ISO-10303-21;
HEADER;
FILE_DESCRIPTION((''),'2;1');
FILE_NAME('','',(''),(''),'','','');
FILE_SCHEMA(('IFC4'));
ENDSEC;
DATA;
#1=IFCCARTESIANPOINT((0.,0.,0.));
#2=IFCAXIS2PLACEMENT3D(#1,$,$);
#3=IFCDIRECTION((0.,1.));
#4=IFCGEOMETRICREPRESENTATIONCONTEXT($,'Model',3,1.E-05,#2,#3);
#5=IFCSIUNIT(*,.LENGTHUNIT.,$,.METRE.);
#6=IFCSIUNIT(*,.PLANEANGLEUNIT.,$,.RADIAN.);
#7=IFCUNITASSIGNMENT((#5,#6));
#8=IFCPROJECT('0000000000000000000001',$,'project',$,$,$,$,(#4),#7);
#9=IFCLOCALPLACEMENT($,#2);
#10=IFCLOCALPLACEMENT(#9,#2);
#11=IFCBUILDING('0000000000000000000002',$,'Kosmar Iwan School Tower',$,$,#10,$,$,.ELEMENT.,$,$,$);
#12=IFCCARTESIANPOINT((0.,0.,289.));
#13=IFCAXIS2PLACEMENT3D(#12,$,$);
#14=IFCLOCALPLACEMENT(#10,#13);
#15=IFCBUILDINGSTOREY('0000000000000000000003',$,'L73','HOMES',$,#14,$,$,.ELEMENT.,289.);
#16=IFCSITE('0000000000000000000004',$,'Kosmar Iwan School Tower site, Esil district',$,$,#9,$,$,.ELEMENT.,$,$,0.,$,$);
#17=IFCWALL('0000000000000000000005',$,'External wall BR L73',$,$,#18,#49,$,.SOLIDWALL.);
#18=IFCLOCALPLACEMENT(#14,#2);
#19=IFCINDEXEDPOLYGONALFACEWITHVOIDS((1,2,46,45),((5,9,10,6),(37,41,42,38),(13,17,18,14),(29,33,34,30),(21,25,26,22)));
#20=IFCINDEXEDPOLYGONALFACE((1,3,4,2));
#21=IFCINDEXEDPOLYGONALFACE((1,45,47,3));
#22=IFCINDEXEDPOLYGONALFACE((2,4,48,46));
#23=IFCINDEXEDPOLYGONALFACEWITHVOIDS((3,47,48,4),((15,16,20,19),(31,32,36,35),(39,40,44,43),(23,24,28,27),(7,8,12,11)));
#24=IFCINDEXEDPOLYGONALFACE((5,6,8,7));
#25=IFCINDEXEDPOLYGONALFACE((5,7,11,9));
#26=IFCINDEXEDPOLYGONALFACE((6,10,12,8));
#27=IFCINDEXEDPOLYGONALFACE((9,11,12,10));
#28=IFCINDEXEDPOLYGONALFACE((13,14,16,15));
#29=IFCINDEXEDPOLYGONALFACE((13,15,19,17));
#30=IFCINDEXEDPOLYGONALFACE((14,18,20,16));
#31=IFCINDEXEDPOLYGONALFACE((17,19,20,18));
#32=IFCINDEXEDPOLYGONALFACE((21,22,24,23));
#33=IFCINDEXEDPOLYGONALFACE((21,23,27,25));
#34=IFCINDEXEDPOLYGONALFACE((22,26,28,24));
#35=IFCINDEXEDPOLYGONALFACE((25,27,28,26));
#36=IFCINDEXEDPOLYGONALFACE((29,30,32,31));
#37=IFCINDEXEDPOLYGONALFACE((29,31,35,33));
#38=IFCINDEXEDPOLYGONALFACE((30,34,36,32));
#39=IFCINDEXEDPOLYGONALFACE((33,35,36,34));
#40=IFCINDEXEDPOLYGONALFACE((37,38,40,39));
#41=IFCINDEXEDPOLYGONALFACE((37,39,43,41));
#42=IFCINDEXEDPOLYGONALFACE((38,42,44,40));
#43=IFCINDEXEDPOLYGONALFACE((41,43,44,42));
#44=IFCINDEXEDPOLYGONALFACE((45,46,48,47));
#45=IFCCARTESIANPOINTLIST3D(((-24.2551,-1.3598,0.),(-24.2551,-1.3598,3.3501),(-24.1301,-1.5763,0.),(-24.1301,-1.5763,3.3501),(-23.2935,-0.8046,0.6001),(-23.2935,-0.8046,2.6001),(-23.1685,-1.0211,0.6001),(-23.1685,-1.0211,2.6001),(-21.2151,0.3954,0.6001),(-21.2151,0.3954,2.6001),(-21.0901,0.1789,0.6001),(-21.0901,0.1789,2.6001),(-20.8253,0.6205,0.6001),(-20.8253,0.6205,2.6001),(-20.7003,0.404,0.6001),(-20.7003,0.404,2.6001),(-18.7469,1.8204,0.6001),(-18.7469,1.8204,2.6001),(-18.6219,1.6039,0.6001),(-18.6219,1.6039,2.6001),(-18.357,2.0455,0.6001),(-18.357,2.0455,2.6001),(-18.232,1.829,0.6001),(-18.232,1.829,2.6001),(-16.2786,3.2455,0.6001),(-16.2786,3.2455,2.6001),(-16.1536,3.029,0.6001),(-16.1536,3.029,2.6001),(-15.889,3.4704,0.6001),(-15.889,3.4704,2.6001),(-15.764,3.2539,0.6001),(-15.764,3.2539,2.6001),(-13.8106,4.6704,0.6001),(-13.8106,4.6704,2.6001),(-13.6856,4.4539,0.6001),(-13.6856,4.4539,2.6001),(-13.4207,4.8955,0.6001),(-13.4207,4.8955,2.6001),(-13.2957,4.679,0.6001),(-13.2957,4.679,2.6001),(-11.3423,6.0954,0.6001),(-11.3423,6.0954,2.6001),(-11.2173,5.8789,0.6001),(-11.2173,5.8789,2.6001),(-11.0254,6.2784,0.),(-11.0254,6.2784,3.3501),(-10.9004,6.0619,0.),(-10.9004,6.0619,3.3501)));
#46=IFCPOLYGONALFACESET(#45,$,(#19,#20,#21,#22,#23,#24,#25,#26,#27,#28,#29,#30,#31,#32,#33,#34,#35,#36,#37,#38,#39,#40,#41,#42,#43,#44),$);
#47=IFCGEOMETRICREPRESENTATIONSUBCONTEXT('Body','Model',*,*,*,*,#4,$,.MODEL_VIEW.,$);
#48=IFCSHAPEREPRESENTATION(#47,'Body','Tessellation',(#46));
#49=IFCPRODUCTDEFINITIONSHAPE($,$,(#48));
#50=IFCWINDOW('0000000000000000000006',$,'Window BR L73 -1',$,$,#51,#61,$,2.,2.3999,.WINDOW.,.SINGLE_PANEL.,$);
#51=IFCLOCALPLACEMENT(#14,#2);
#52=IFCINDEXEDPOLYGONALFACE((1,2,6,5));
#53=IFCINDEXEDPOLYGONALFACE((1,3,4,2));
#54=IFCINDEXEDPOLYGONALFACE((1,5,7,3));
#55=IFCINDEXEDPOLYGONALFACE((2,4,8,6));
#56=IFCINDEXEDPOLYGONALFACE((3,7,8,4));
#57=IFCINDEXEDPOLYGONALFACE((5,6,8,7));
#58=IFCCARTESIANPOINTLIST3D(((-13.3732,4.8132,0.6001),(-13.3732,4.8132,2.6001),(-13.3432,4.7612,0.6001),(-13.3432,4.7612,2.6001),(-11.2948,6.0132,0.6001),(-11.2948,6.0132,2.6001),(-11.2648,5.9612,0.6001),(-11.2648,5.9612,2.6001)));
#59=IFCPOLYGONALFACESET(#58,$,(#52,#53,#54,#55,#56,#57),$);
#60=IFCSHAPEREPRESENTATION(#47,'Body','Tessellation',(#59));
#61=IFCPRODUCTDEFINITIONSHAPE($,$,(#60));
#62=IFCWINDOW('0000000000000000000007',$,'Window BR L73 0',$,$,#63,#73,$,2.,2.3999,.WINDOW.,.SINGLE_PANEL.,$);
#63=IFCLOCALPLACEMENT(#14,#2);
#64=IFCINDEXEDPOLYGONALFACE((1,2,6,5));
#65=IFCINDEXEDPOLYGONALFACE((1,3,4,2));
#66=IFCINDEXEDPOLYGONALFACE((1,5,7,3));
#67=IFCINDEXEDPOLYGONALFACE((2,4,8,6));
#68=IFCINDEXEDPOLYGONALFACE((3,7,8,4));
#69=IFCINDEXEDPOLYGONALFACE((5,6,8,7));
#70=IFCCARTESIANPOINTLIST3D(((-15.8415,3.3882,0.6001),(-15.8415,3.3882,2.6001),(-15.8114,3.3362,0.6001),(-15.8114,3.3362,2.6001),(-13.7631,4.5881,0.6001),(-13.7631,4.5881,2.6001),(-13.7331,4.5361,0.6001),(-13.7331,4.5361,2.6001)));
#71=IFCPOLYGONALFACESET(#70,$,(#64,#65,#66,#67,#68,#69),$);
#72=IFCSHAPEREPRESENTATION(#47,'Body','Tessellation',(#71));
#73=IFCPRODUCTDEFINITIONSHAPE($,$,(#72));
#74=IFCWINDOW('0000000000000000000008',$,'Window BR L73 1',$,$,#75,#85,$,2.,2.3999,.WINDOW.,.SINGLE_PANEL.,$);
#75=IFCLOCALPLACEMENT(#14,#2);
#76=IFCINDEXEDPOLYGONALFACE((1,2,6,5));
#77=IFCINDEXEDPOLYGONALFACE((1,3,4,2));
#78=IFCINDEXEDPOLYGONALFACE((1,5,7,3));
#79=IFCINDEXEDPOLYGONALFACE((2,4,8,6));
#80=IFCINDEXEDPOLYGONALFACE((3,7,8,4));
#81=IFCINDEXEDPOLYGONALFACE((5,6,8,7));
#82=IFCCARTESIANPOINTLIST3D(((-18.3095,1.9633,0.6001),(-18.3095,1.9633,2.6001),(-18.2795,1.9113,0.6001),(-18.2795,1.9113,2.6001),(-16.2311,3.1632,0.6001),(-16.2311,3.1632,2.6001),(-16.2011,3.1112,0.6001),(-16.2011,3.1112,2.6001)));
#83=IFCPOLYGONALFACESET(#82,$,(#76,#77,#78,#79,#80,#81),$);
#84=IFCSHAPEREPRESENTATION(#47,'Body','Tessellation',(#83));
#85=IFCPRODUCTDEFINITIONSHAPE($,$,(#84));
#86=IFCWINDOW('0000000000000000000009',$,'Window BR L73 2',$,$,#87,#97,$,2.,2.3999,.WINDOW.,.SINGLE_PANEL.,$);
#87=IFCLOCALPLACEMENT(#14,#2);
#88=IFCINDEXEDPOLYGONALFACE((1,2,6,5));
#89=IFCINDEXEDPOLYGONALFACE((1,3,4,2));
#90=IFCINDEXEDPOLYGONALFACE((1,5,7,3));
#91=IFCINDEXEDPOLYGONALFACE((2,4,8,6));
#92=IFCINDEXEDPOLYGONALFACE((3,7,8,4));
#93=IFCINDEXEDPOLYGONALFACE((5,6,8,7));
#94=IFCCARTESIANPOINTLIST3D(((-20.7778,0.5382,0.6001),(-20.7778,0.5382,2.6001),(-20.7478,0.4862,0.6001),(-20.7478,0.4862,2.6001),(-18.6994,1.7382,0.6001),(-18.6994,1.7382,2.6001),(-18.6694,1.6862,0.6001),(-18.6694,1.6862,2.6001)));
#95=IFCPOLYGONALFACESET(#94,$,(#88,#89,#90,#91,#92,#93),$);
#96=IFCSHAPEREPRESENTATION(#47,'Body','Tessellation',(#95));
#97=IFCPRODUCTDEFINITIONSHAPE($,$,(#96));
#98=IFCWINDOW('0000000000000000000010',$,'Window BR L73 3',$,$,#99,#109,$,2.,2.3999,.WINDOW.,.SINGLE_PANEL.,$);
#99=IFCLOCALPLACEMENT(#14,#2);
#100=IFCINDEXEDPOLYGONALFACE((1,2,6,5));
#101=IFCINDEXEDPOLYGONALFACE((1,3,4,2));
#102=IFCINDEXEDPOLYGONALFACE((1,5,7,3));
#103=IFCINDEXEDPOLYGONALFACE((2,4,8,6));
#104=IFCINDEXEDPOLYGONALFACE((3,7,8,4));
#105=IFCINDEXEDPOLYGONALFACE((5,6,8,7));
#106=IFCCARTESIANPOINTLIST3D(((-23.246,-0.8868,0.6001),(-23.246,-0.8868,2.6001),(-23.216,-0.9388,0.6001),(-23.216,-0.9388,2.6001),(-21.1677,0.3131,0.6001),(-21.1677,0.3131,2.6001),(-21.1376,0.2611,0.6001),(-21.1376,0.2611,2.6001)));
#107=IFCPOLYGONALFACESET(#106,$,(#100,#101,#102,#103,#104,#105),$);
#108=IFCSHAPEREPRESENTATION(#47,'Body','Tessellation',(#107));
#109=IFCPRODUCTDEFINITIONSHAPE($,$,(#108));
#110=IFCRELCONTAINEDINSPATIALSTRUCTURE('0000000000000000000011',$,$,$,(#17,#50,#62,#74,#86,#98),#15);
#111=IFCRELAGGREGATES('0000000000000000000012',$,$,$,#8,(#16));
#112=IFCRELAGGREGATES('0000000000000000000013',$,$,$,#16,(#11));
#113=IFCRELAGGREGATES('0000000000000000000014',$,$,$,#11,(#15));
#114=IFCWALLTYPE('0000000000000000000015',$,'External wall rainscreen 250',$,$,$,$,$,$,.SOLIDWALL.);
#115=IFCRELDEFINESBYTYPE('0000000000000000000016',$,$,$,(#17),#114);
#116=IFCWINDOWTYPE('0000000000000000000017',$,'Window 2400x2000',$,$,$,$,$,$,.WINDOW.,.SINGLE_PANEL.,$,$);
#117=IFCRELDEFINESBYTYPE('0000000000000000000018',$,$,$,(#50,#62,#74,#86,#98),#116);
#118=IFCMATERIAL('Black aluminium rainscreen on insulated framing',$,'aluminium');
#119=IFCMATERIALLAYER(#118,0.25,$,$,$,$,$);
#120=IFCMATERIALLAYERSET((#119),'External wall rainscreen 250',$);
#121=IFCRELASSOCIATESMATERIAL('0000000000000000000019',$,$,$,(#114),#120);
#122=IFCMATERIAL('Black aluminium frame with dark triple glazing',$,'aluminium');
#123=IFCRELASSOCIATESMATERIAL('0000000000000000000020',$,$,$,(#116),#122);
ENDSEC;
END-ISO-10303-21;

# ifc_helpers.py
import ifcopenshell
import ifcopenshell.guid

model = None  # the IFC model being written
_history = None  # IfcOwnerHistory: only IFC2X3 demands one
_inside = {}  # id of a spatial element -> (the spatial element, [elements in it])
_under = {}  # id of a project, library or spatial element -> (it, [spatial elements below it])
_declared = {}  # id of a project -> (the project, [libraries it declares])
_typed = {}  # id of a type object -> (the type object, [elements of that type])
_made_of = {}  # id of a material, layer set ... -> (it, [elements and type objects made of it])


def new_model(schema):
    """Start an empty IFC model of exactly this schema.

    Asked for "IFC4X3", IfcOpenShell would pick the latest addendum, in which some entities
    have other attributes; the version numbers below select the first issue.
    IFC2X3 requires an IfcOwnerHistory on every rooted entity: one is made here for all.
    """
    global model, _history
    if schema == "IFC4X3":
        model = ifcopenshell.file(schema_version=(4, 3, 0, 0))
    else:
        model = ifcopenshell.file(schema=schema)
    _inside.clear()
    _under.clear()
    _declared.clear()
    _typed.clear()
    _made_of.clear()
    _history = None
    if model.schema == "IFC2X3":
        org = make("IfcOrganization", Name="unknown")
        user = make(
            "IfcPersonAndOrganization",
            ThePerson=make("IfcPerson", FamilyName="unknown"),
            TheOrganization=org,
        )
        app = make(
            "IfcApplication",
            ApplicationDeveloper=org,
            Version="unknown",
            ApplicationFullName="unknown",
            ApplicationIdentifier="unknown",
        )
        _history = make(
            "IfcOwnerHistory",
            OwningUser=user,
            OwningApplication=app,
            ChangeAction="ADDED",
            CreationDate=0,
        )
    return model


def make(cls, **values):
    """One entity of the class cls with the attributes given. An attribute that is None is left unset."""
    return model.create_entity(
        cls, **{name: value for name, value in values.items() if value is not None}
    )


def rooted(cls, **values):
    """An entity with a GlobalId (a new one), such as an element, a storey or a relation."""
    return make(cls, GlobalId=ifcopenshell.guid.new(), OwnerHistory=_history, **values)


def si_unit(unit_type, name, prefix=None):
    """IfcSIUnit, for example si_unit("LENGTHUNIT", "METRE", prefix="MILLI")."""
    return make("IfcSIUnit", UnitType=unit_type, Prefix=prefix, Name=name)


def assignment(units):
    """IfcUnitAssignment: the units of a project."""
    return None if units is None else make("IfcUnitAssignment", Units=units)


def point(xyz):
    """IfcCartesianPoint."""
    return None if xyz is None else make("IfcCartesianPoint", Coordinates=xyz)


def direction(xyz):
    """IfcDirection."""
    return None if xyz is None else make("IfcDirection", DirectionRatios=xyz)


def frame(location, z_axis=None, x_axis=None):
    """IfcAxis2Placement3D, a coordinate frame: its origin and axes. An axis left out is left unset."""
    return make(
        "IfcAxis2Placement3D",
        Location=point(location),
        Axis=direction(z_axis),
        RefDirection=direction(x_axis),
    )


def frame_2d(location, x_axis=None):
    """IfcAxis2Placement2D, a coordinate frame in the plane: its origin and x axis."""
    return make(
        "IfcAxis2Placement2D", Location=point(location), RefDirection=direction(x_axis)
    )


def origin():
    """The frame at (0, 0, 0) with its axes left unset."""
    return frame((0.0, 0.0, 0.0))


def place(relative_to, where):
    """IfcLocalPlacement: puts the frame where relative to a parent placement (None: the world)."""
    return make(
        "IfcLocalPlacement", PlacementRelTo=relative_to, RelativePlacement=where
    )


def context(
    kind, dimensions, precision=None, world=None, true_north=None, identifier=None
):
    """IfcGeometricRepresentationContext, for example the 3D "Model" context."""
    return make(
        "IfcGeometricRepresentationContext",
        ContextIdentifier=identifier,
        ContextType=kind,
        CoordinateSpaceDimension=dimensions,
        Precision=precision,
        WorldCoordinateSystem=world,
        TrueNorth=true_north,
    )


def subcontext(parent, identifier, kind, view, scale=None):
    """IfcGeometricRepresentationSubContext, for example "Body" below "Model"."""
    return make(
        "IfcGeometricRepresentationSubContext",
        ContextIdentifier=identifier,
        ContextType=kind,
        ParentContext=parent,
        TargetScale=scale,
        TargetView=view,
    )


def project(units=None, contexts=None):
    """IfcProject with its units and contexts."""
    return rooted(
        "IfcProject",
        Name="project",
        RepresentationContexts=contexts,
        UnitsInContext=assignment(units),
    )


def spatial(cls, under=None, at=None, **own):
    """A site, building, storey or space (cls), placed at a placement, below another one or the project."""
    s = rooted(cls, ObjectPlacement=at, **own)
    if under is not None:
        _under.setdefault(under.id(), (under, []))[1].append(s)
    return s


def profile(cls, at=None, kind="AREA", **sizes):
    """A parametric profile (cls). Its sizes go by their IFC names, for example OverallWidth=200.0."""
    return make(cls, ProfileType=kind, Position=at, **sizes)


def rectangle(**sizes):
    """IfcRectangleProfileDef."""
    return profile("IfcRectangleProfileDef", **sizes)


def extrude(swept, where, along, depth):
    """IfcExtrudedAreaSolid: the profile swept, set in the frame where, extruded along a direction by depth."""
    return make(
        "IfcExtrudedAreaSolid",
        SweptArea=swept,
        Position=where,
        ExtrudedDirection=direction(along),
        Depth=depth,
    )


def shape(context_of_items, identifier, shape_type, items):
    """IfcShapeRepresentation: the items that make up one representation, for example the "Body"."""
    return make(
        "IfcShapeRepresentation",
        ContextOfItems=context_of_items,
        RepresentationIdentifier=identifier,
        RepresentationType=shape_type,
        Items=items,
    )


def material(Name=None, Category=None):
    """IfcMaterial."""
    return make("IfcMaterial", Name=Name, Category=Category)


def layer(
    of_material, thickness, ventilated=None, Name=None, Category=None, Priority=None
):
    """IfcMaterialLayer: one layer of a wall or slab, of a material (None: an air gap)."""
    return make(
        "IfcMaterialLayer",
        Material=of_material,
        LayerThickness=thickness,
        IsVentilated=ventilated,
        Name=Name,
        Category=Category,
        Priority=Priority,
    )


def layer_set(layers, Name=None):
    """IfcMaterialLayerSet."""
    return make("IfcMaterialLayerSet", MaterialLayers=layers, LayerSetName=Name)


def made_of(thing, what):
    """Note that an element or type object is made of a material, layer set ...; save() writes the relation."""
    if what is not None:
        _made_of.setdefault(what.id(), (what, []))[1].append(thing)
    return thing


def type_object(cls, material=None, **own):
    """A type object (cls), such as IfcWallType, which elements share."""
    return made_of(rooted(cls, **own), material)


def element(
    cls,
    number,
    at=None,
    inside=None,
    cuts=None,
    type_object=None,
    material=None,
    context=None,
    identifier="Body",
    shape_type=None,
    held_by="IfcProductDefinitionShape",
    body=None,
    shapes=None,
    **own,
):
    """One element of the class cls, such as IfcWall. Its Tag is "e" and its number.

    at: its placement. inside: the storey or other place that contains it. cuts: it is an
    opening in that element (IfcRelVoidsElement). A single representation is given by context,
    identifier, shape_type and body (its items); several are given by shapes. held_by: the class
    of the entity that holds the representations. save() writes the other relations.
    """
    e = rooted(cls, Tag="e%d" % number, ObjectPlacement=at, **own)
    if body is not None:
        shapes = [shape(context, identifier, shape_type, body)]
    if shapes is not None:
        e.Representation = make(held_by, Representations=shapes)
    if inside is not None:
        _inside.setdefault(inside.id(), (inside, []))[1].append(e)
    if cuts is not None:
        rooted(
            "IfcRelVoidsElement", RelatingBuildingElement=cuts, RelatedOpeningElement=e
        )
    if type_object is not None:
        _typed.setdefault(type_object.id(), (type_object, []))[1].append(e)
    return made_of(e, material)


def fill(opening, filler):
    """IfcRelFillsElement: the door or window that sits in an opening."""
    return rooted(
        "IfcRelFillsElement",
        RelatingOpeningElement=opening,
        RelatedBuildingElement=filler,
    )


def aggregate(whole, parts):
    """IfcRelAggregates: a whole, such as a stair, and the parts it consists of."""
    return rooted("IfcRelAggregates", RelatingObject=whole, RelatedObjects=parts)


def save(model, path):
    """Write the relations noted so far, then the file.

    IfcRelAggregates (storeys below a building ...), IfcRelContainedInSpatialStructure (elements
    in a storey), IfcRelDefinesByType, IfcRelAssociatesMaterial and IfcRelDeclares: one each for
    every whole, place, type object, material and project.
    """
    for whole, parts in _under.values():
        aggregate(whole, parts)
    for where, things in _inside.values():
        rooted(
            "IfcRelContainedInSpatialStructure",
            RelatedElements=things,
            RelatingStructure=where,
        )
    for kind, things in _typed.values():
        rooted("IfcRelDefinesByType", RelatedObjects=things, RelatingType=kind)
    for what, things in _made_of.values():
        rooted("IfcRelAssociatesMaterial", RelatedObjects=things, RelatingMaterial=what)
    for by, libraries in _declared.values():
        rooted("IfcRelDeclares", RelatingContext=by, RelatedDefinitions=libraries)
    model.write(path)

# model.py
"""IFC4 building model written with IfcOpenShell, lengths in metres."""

from ifc_helpers import new_model, si_unit, direction, frame, frame_2d, origin, place, context, subcontext, project, spatial, rectangle, extrude, material, layer, layer_set, type_object, element, fill, save


model = new_model("IFC4")

# Units and contexts
model_context = context("Model", 3, precision=1e-05, world=origin(), true_north=direction((0.0, 1.0)))
body_context = subcontext(model_context, "Body", "Model", "MODEL_VIEW")
ifc_project = project(units=[si_unit("LENGTHUNIT", "METRE"), si_unit("PLANEANGLEUNIT", "RADIAN")], contexts=[model_context])

# Site, building, storey
site_placement = place(None, origin())
site = spatial("IfcSite", under=ifc_project, at=site_placement, Name="Kosmar Iwan School Tower site, Esil district", CompositionType="ELEMENT", RefElevation=0.0)
building_placement = place(site_placement, origin())
building = spatial("IfcBuilding", under=site, at=building_placement, Name="Kosmar Iwan School Tower", CompositionType="ELEMENT")
storey_placement = place(building_placement, frame((0.0, 0.0, 289.0)))
storey = spatial("IfcBuildingStorey", under=building, at=storey_placement, Name="L73", Description="HOMES", CompositionType="ELEMENT", Elevation=289.0)

# Wall, openings, windows
ifc_material_1 = material(Name="Black aluminium rainscreen on insulated framing", Category="aluminium")
ifc_layer = layer(ifc_material_1, 0.25)
ifc_layer_set = layer_set([ifc_layer], Name="External wall rainscreen 250")
wall_type = type_object("IfcWallType", Name="External wall rainscreen 250", PredefinedType="SOLIDWALL", material=ifc_layer_set)
ifc_material_2 = material(Name="Black aluminium frame with dark triple glazing", Category="aluminium")
window_type = type_object("IfcWindowType", Name="Window 2400x2000", PartitioningType="SINGLE_PANEL", PredefinedType="WINDOW", material=ifc_material_2)
wall_1_placement = place(storey_placement, frame((-10.9629, 6.1702, 0.0), z_axis=(0.0, 0.0, 1.0), x_axis=(-0.866026, -0.5, 0.0)))
wall_1 = element("IfcWall", 1, at=wall_1_placement, inside=storey, type_object=wall_type, Name="External wall BR L73", PredefinedType="SOLIDWALL", context=body_context, shape_type="SweptSolid", body=[
    extrude(rectangle(XDim=15.2764, YDim=0.25, at=frame_2d((7.6382, 0.0))), origin(), (0.0, 0.0, 1.0), 3.3501),
])
opening_1_placement = place(wall_1_placement, frame((0.366, 0.0, 0.6001)))
opening_1 = element("IfcOpeningElement", 2, at=opening_1_placement, cuts=wall_1, PredefinedType="OPENING", context=body_context, shape_type="SweptSolid", body=[
    extrude(rectangle(XDim=2.3999, YDim=2.0, at=frame_2d((1.2, 1.0))), frame((0.0, 0.137, 0.0), z_axis=(0.0, -1.0, 0.0), x_axis=(1.0, 0.0, 0.0)), (0.0, 0.0, 1.0), 0.2739),
])
opening_2_placement = place(wall_1_placement, frame((3.2161, 0.0, 0.6001)))
opening_2 = element("IfcOpeningElement", 3, at=opening_2_placement, cuts=wall_1, PredefinedType="OPENING", context=body_context, shape_type="SweptSolid", body=[
    extrude(rectangle(XDim=2.3999, YDim=2.0, at=frame_2d((1.2, 1.0))), frame((0.0, 0.137, 0.0), z_axis=(0.0, -1.0, 0.0), x_axis=(1.0, 0.0, 0.0)), (0.0, 0.0, 1.0), 0.2739),
])
opening_3_placement = place(wall_1_placement, frame((6.0659, 0.0, 0.6001)))
opening_3 = element("IfcOpeningElement", 4, at=opening_3_placement, cuts=wall_1, PredefinedType="OPENING", context=body_context, shape_type="SweptSolid", body=[
    extrude(rectangle(XDim=2.3999, YDim=2.0, at=frame_2d((1.2, 1.0))), frame((0.0, 0.137, 0.0), z_axis=(0.0, -1.0, 0.0), x_axis=(1.0, 0.0, 0.0)), (0.0, 0.0, 1.0), 0.2739),
])
opening_4_placement = place(wall_1_placement, frame((8.916, 0.0, 0.6001)))
opening_4 = element("IfcOpeningElement", 5, at=opening_4_placement, cuts=wall_1, PredefinedType="OPENING", context=body_context, shape_type="SweptSolid", body=[
    extrude(rectangle(XDim=2.3999, YDim=2.0, at=frame_2d((1.2, 1.0))), frame((0.0, 0.137, 0.0), z_axis=(0.0, -1.0, 0.0), x_axis=(1.0, 0.0, 0.0)), (0.0, 0.0, 1.0), 0.2739),
])
opening_5_placement = place(wall_1_placement, frame((11.7661, 0.0, 0.6001)))
opening_5 = element("IfcOpeningElement", 6, at=opening_5_placement, cuts=wall_1, PredefinedType="OPENING", context=body_context, shape_type="SweptSolid", body=[
    extrude(rectangle(XDim=2.3999, YDim=2.0, at=frame_2d((1.2, 1.0))), frame((0.0, 0.137, 0.0), z_axis=(0.0, -1.0, 0.0), x_axis=(1.0, 0.0, 0.0)), (0.0, 0.0, 1.0), 0.2739),
])
window_1_placement = place(opening_1_placement, origin())
window_1 = element("IfcWindow", 7, at=window_1_placement, inside=storey, type_object=window_type, Name="Window BR L73 -1", OverallHeight=2.0, OverallWidth=2.3999, PartitioningType="SINGLE_PANEL", PredefinedType="WINDOW", context=body_context, shape_type="SweptSolid", body=[
    extrude(rectangle(XDim=2.3999, YDim=2.0, at=frame_2d((1.2, 1.0))), frame((0.0, 0.03, 0.0), z_axis=(0.0, -1.0, 0.0), x_axis=(1.0, 0.0, 0.0)), (0.0, 0.0, 1.0), 0.0601),
])
fill(opening_1, window_1)
window_2_placement = place(opening_2_placement, origin())
window_2 = element("IfcWindow", 8, at=window_2_placement, inside=storey, type_object=window_type, Name="Window BR L73 0", OverallHeight=2.0, OverallWidth=2.3999, PartitioningType="SINGLE_PANEL", PredefinedType="WINDOW", context=body_context, shape_type="SweptSolid", body=[
    extrude(rectangle(XDim=2.3999, YDim=2.0, at=frame_2d((1.2, 1.0))), frame((0.0, 0.03, 0.0), z_axis=(0.0, -1.0, 0.0), x_axis=(1.0, 0.0, 0.0)), (0.0, 0.0, 1.0), 0.0601),
])
fill(opening_2, window_2)
window_3_placement = place(opening_3_placement, origin())
window_3 = element("IfcWindow", 9, at=window_3_placement, inside=storey, type_object=window_type, Name="Window BR L73 1", OverallHeight=2.0, OverallWidth=2.3999, PartitioningType="SINGLE_PANEL", PredefinedType="WINDOW", context=body_context, shape_type="SweptSolid", body=[
    extrude(rectangle(XDim=2.3999, YDim=2.0, at=frame_2d((1.2, 1.0))), frame((0.0, 0.03, 0.0), z_axis=(0.0, -1.0, 0.0), x_axis=(1.0, 0.0, 0.0)), (0.0, 0.0, 1.0), 0.0601),
])
fill(opening_3, window_3)
window_4_placement = place(opening_4_placement, origin())
window_4 = element("IfcWindow", 10, at=window_4_placement, inside=storey, type_object=window_type, Name="Window BR L73 2", OverallHeight=2.0, OverallWidth=2.3999, PartitioningType="SINGLE_PANEL", PredefinedType="WINDOW", context=body_context, shape_type="SweptSolid", body=[
    extrude(rectangle(XDim=2.3999, YDim=2.0, at=frame_2d((1.2, 1.0))), frame((0.0, 0.03, 0.0), z_axis=(0.0, -1.0, 0.0), x_axis=(1.0, 0.0, 0.0)), (0.0, 0.0, 1.0), 0.0601),
])
fill(opening_4, window_4)
window_5_placement = place(opening_5_placement, origin())
window_5 = element("IfcWindow", 11, at=window_5_placement, inside=storey, type_object=window_type, Name="Window BR L73 3", OverallHeight=2.0, OverallWidth=2.3999, PartitioningType="SINGLE_PANEL", PredefinedType="WINDOW", context=body_context, shape_type="SweptSolid", body=[
    extrude(rectangle(XDim=2.3999, YDim=2.0, at=frame_2d((1.2, 1.0))), frame((0.0, 0.03, 0.0), z_axis=(0.0, -1.0, 0.0), x_axis=(1.0, 0.0, 0.0)), (0.0, 0.0, 1.0), 0.0601),
])
fill(opening_5, window_5)

save(model, "model.ifc")
